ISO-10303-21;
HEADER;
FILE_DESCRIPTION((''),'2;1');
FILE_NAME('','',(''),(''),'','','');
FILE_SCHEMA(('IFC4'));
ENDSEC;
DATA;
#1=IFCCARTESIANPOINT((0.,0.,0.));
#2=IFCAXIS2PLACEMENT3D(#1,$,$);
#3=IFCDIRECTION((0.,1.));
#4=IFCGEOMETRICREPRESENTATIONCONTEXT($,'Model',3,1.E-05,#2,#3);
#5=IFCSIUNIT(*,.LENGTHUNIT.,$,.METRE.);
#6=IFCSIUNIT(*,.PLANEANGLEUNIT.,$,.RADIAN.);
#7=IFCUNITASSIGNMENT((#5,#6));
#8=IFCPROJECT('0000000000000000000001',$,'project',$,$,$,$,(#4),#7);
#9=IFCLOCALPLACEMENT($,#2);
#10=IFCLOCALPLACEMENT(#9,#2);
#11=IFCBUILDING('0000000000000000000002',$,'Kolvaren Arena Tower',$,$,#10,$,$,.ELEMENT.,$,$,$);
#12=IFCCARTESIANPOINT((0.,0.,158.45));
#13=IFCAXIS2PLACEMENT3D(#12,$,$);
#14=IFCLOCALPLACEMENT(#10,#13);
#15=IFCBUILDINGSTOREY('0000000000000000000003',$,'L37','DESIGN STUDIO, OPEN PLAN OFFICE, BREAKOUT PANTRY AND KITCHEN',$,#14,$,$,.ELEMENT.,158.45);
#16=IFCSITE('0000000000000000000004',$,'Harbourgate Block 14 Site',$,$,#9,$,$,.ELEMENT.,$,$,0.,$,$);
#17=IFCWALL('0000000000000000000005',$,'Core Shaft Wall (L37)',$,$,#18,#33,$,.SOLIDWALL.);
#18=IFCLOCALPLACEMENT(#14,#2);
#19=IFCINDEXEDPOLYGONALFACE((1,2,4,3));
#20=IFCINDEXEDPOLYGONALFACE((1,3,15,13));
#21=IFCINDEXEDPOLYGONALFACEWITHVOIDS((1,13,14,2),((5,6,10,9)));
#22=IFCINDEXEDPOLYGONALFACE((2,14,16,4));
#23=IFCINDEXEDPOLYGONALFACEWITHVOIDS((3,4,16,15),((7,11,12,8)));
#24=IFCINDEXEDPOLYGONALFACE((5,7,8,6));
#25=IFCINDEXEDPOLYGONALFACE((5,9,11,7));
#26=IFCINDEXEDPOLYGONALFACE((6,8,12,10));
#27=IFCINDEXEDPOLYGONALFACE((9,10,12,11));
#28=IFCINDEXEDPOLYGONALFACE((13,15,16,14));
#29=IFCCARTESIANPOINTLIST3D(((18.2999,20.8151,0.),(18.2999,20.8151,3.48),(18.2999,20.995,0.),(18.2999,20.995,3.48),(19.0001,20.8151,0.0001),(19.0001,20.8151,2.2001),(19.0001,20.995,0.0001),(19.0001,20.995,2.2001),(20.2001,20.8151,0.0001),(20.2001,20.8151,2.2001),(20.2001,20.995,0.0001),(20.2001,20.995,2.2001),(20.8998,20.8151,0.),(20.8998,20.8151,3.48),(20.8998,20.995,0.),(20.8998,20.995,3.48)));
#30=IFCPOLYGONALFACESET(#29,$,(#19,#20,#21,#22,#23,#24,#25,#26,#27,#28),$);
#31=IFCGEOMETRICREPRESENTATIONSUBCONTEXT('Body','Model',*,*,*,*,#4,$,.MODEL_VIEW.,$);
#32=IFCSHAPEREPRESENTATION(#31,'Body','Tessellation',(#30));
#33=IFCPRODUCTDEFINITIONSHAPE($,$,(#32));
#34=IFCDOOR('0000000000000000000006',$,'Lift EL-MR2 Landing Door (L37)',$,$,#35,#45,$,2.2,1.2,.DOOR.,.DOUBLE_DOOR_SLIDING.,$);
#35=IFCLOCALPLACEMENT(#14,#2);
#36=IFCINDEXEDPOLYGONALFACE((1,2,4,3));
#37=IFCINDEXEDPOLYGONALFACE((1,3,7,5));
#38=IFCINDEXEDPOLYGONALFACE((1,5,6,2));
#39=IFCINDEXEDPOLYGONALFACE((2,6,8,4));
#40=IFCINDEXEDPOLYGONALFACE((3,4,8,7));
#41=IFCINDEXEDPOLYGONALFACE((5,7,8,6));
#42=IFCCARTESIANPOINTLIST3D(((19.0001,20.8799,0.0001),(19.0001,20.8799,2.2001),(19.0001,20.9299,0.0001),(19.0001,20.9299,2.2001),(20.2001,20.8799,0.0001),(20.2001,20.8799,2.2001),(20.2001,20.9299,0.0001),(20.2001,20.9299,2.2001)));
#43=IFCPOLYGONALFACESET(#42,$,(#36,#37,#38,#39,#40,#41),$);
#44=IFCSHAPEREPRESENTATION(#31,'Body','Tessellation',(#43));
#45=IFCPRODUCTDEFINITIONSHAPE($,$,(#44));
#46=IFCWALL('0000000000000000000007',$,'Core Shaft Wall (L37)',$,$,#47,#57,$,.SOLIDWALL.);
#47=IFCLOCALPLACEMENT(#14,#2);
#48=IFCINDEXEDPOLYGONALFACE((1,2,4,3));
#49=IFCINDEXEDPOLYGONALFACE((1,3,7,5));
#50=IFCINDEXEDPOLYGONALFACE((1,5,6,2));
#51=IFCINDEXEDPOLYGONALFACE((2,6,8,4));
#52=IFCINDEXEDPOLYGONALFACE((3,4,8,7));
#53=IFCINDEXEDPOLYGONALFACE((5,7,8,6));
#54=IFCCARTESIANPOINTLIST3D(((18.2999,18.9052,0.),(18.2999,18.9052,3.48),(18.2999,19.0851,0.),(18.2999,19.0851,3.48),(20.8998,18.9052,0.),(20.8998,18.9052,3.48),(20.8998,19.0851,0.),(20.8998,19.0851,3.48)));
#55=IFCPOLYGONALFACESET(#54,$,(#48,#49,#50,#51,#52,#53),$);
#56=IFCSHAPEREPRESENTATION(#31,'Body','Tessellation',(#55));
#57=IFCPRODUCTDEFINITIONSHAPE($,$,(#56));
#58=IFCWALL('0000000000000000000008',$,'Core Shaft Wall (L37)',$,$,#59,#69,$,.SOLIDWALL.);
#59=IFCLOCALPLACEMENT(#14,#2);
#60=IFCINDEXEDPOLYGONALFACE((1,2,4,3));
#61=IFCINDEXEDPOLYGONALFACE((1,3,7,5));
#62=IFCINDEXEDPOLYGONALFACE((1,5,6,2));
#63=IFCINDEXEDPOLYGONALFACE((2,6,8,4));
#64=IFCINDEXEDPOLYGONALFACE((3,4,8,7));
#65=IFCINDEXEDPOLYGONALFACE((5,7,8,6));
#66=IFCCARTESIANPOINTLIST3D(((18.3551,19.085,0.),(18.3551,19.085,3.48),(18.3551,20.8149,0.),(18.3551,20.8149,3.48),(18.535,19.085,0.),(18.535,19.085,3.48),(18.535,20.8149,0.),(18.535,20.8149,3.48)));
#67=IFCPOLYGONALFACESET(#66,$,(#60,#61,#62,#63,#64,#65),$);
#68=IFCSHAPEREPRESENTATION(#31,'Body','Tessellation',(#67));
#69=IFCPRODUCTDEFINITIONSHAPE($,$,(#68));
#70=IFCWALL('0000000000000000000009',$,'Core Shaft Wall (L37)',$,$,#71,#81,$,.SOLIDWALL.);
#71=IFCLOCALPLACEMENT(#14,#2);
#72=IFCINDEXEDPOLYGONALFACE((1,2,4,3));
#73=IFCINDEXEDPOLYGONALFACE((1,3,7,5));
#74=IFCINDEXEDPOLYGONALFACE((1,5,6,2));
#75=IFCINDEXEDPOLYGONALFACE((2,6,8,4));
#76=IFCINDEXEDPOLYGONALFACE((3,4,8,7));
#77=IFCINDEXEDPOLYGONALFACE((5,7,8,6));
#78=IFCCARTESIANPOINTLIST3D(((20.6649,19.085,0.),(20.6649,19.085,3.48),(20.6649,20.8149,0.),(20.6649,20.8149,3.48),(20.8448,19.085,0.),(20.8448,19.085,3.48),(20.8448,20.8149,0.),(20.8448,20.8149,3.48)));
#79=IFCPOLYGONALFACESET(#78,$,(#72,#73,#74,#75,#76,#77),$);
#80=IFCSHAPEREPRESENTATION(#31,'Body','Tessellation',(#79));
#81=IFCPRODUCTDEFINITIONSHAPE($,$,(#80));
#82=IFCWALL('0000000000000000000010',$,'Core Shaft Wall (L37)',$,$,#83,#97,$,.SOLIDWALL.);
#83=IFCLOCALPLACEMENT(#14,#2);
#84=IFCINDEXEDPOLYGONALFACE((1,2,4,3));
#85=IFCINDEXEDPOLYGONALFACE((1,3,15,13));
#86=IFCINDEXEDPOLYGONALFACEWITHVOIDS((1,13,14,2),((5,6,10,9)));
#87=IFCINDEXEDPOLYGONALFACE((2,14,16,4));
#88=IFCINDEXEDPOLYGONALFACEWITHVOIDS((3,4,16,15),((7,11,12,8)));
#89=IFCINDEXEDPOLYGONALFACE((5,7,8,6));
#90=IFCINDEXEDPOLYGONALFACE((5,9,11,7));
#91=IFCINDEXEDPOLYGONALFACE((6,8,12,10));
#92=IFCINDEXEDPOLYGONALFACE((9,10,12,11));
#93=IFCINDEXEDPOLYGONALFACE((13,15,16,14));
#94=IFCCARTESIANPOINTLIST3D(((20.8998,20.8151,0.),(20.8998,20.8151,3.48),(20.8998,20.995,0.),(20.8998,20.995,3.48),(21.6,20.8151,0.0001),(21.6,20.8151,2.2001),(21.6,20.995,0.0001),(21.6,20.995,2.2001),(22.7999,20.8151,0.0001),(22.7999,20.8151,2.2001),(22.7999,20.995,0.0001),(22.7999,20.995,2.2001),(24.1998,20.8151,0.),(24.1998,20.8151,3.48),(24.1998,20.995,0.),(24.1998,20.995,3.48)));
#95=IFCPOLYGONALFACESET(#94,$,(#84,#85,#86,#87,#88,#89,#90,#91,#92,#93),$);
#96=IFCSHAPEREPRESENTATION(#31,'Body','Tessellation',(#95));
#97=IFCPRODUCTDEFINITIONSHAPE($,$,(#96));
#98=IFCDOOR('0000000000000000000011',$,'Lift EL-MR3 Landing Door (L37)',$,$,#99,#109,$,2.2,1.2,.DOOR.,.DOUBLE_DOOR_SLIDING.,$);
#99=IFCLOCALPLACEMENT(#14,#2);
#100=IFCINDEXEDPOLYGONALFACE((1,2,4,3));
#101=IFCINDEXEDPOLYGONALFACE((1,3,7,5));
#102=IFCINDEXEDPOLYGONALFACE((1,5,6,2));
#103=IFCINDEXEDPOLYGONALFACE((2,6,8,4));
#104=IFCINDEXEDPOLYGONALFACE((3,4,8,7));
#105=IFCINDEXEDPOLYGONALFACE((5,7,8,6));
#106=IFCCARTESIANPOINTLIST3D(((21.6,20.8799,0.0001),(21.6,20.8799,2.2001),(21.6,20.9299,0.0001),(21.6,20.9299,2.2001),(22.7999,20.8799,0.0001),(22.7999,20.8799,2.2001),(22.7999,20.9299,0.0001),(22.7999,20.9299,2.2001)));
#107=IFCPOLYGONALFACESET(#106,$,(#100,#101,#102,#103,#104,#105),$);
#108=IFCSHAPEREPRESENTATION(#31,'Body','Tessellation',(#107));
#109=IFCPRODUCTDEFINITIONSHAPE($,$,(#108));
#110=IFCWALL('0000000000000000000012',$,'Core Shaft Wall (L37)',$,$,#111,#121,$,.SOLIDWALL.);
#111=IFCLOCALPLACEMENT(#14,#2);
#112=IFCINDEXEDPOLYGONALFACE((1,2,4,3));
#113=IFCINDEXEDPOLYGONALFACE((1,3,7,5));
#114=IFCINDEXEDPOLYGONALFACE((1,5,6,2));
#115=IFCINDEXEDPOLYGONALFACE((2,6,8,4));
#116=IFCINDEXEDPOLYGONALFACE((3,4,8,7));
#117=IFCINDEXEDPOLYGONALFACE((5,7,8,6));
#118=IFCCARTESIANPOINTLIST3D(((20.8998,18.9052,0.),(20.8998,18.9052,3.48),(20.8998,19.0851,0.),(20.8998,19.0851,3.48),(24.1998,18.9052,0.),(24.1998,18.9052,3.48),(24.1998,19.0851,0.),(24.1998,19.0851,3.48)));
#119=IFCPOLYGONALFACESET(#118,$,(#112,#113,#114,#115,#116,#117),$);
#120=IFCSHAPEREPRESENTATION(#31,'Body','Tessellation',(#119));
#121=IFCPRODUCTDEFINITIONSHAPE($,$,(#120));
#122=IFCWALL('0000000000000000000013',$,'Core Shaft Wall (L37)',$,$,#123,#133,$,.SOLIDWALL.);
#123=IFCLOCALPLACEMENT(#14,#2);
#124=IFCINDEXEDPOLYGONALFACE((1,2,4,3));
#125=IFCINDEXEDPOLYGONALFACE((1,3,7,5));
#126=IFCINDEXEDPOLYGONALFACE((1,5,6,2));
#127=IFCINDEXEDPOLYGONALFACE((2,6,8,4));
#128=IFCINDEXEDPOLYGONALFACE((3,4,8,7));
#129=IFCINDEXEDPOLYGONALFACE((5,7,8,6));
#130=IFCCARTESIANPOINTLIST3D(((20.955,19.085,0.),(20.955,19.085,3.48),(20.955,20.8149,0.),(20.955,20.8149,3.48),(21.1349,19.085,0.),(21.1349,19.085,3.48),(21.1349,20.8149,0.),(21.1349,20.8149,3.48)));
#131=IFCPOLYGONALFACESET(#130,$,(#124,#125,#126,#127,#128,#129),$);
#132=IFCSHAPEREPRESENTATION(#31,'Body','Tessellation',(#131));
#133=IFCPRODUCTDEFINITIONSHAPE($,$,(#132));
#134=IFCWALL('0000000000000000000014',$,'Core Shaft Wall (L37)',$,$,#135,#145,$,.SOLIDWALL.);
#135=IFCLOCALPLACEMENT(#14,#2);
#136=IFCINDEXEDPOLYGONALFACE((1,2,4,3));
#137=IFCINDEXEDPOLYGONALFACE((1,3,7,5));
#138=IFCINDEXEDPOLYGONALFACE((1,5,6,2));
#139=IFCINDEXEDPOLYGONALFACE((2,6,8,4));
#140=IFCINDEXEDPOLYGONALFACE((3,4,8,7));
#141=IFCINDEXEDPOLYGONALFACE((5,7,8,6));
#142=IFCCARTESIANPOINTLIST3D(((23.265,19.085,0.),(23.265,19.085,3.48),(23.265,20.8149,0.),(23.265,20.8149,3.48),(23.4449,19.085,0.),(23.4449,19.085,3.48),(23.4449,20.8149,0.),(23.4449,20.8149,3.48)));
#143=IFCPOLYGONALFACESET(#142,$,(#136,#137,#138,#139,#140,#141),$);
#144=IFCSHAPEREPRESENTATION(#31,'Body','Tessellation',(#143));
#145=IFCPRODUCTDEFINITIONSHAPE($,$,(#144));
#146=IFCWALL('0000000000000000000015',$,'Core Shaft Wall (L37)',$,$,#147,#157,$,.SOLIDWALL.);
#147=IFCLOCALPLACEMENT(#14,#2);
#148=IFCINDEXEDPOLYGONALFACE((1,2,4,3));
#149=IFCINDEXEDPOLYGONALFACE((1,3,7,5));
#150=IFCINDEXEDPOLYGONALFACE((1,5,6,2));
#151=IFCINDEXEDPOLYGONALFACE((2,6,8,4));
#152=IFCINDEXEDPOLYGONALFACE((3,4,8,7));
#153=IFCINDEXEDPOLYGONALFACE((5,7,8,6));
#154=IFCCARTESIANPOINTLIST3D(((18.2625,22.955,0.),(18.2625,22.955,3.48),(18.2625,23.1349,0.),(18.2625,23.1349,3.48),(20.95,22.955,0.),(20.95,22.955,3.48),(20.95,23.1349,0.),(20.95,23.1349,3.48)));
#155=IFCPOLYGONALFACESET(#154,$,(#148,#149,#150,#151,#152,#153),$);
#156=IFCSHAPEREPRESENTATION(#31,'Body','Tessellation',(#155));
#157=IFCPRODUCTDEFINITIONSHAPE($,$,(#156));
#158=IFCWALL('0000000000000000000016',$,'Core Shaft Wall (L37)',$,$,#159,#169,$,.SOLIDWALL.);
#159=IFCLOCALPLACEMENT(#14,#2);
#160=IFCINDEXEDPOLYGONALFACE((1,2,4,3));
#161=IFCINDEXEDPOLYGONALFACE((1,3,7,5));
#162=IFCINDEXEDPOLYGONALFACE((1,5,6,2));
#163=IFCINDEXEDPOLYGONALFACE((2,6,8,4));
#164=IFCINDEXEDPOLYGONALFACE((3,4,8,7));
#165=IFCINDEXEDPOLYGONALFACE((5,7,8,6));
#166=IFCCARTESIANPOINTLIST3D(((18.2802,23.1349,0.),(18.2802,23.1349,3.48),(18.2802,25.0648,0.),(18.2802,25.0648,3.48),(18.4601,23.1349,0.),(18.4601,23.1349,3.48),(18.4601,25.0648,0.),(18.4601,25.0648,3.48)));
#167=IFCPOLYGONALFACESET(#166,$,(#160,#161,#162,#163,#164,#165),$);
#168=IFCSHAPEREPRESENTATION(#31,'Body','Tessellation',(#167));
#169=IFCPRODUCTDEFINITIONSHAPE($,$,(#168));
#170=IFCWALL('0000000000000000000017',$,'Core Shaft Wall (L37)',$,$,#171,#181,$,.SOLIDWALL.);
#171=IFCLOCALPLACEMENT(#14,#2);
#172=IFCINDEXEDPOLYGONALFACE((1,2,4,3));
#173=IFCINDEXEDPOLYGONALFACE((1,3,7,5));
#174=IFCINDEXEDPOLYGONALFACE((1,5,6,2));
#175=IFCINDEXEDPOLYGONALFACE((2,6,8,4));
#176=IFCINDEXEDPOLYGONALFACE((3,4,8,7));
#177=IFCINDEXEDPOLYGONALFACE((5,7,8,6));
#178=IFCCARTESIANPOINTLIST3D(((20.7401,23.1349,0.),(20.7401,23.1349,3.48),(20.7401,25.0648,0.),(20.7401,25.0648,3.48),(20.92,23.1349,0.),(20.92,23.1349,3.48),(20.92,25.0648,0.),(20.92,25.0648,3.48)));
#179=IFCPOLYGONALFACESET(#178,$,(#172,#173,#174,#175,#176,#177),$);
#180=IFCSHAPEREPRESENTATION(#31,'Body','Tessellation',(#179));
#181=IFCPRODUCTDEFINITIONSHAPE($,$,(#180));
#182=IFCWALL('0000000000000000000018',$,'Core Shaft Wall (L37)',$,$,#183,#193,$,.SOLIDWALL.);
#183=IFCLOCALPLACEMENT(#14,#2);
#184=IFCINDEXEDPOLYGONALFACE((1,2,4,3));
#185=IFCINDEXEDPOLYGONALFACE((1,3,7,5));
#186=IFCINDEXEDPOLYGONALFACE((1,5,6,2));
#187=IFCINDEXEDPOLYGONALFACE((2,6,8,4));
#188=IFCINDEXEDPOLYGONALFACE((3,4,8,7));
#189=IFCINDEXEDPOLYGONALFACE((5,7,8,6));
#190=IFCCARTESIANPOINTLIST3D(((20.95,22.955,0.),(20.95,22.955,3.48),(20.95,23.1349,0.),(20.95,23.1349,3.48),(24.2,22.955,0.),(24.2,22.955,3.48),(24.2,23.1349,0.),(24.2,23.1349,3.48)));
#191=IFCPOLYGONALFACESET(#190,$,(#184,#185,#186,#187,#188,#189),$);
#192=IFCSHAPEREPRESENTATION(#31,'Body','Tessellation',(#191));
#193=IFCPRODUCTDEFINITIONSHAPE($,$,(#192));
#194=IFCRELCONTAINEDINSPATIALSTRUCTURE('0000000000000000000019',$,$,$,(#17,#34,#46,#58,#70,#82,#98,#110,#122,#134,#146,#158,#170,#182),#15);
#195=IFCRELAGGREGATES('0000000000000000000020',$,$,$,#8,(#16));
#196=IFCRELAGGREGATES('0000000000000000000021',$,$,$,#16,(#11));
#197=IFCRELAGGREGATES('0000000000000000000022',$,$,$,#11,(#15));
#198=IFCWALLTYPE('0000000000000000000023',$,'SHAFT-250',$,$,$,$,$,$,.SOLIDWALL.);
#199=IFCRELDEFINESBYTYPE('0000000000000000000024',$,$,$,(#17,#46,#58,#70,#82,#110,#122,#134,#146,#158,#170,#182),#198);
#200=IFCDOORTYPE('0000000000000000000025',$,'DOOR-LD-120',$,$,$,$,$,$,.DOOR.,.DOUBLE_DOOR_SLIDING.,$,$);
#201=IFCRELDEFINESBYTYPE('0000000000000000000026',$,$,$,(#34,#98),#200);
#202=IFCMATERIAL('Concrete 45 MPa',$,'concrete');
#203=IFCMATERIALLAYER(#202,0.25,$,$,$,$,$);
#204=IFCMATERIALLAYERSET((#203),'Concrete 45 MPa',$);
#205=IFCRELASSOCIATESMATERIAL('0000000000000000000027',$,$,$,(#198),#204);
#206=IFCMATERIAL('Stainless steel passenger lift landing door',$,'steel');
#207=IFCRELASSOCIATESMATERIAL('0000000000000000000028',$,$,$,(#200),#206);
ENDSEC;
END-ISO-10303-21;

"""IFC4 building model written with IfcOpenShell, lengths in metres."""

from ifc_helpers import new_model, si_unit, direction, frame, frame_2d, origin, place, context, subcontext, project, spatial, rectangle, extrude, material, layer, layer_set, type_object, element, fill, save


model = new_model("IFC4")

# Units and contexts
model_context = context("Model", 3, precision=1e-05, world=origin(), true_north=direction((0.0, 1.0)))
body_context = subcontext(model_context, "Body", "Model", "MODEL_VIEW")
ifc_project = project(units=[si_unit("LENGTHUNIT", "METRE"), si_unit("PLANEANGLEUNIT", "RADIAN")], contexts=[model_context])

# Site, building, storey
site_placement = place(None, origin())
site = spatial("IfcSite", under=ifc_project, at=site_placement, Name="Harbourgate Block 14 Site", CompositionType="ELEMENT", RefElevation=0.0)
building_placement = place(site_placement, origin())
building = spatial("IfcBuilding", under=site, at=building_placement, Name="Kolvaren Arena Tower", CompositionType="ELEMENT")
storey_placement = place(building_placement, frame((0.0, 0.0, 158.45)))
storey = spatial("IfcBuildingStorey", under=building, at=storey_placement, Name="L37", Description="DESIGN STUDIO, OPEN PLAN OFFICE, BREAKOUT PANTRY AND KITCHEN", CompositionType="ELEMENT", Elevation=158.45)

# Shared definitions
ifc_material_1 = material(Name="Concrete 45 MPa", Category="concrete")
ifc_layer_1 = layer(ifc_material_1, 0.25)
ifc_layer_set_1 = layer_set([ifc_layer_1], Name="Concrete 45 MPa")
wall_type_1 = type_object("IfcWallType", Name="SHAFT-250", PredefinedType="SOLIDWALL", material=ifc_layer_set_1)

# Wall, opening, door
wall_1_placement = place(storey_placement, frame((18.3, 20.905, 0.0), z_axis=(0.0, 0.0, 1.0), x_axis=(1.0, 0.0, 0.0)))
wall_1 = element("IfcWall", 1, at=wall_1_placement, inside=storey, type_object=wall_type_1, Name="Core Shaft Wall (L37)", PredefinedType="SOLIDWALL", context=body_context, shape_type="SweptSolid", body=[
    extrude(rectangle(XDim=2.5999, YDim=0.1799, at=frame_2d((1.2998, 0.0))), origin(), (0.0, 0.0, 1.0), 3.48),
])
opening_1_placement = place(wall_1_placement, frame((0.7, 0.0, 0.0)))
opening_1 = element("IfcOpeningElement", 2, at=opening_1_placement, cuts=wall_1, PredefinedType="OPENING", context=body_context, shape_type="SweptSolid", body=[
    extrude(rectangle(XDim=1.2, YDim=2.2, at=frame_2d((0.6001, 1.1001))), frame((0.0, 0.0999, 0.0), z_axis=(0.0, -1.0, 0.0), x_axis=(1.0, 0.0, 0.0)), (0.0, 0.0, 1.0), 0.2),
])
ifc_material_2 = material(Name="Stainless steel passenger lift landing door", Category="steel")
door_type_1 = type_object("IfcDoorType", Name="DOOR-LD-120", OperationType="DOUBLE_DOOR_SLIDING", PredefinedType="DOOR", material=ifc_material_2)
door_1_placement = place(opening_1_placement, origin())
door_1 = element("IfcDoor", 3, at=door_1_placement, inside=storey, type_object=door_type_1, Name="Lift EL-MR2 Landing Door (L37)", OperationType="DOUBLE_DOOR_SLIDING", OverallHeight=2.2, OverallWidth=1.2, PredefinedType="DOOR", context=body_context, shape_type="SweptSolid", body=[
    extrude(rectangle(XDim=1.2, YDim=2.2, at=frame_2d((0.6001, 1.1001))), frame((0.0, 0.0249, 0.0), z_axis=(0.0, -1.0, 0.0), x_axis=(1.0, 0.0, 0.0)), (0.0, 0.0, 1.0), 0.05),
])
fill(opening_1, door_1)

# Walls
wall_2_placement = place(storey_placement, frame((18.3, 18.9951, 0.0), z_axis=(0.0, 0.0, 1.0), x_axis=(1.0, 0.0, 0.0)))
element("IfcWall", 4, at=wall_2_placement, inside=storey, type_object=wall_type_1, Name="Core Shaft Wall (L37)", PredefinedType="SOLIDWALL", context=body_context, shape_type="SweptSolid", body=[
    extrude(rectangle(XDim=2.5999, YDim=0.1799, at=frame_2d((1.2998, 0.0))), origin(), (0.0, 0.0, 1.0), 3.48),
])
for number, where, z_axis, x_axis, name in (
    (5, (18.4451, 19.085, 0.0), (0.0, 0.0, 1.0), (0.0, 1.0, 0.0), "Core Shaft Wall (L37)"),
    (6, (20.7549, 19.085, 0.0), (0.0, 0.0, 1.0), (0.0, 1.0, 0.0), "Core Shaft Wall (L37)"),
):
    element("IfcWall", number, at=place(storey_placement, frame(where, z_axis=z_axis, x_axis=x_axis)), inside=storey, type_object=wall_type_1, Name=name, PredefinedType="SOLIDWALL", context=body_context, shape_type="SweptSolid", body=[
        extrude(rectangle(XDim=1.73, YDim=0.1799, at=frame_2d((0.865, 0.0))), origin(), (0.0, 0.0, 1.0), 3.48),
    ])

# Wall, opening, door
wall_3_placement = place(storey_placement, frame((20.8999, 20.905, 0.0), z_axis=(0.0, 0.0, 1.0), x_axis=(1.0, 0.0, 0.0)))
wall_3 = element("IfcWall", 7, at=wall_3_placement, inside=storey, type_object=wall_type_1, Name="Core Shaft Wall (L37)", PredefinedType="SOLIDWALL", context=body_context, shape_type="SweptSolid", body=[
    extrude(rectangle(XDim=3.3, YDim=0.1799, at=frame_2d((1.6499, 0.0))), origin(), (0.0, 0.0, 1.0), 3.48),
])
opening_2_placement = place(wall_3_placement, frame((0.7, 0.0, 0.0)))
opening_2 = element("IfcOpeningElement", 8, at=opening_2_placement, cuts=wall_3, PredefinedType="OPENING", context=body_context, shape_type="SweptSolid", body=[
    extrude(rectangle(XDim=1.2, YDim=2.2, at=frame_2d((0.6001, 1.1001))), frame((0.0, 0.0999, 0.0), z_axis=(0.0, -1.0, 0.0), x_axis=(1.0, 0.0, 0.0)), (0.0, 0.0, 1.0), 0.2),
])
door_2_placement = place(opening_2_placement, origin())
door_2 = element("IfcDoor", 9, at=door_2_placement, inside=storey, type_object=door_type_1, Name="Lift EL-MR3 Landing Door (L37)", OperationType="DOUBLE_DOOR_SLIDING", OverallHeight=2.2, OverallWidth=1.2, PredefinedType="DOOR", context=body_context, shape_type="SweptSolid", body=[
    extrude(rectangle(XDim=1.2, YDim=2.2, at=frame_2d((0.6001, 1.1001))), frame((0.0, 0.0249, 0.0), z_axis=(0.0, -1.0, 0.0), x_axis=(1.0, 0.0, 0.0)), (0.0, 0.0, 1.0), 0.05),
])
fill(opening_2, door_2)

# Walls
wall_4_placement = place(storey_placement, frame((20.8999, 18.9951, 0.0), z_axis=(0.0, 0.0, 1.0), x_axis=(1.0, 0.0, 0.0)))
element("IfcWall", 10, at=wall_4_placement, inside=storey, type_object=wall_type_1, Name="Core Shaft Wall (L37)", PredefinedType="SOLIDWALL", context=body_context, shape_type="SweptSolid", body=[
    extrude(rectangle(XDim=3.3, YDim=0.1799, at=frame_2d((1.6499, 0.0))), origin(), (0.0, 0.0, 1.0), 3.48),
])
for number, where, z_axis, x_axis, name in (
    (11, (21.0449, 19.085, 0.0), (0.0, 0.0, 1.0), (0.0, 1.0, 0.0), "Core Shaft Wall (L37)"),
    (12, (23.355, 19.085, 0.0), (0.0, 0.0, 1.0), (0.0, 1.0, 0.0), "Core Shaft Wall (L37)"),
):
    element("IfcWall", number, at=place(storey_placement, frame(where, z_axis=z_axis, x_axis=x_axis)), inside=storey, type_object=wall_type_1, Name=name, PredefinedType="SOLIDWALL", context=body_context, shape_type="SweptSolid", body=[
        extrude(rectangle(XDim=1.73, YDim=0.1799, at=frame_2d((0.865, 0.0))), origin(), (0.0, 0.0, 1.0), 3.48),
    ])
wall_5_placement = place(storey_placement, frame((18.2625, 23.0449, 0.0), z_axis=(0.0, 0.0, 1.0), x_axis=(1.0, 0.0, 0.0)))
element("IfcWall", 13, at=wall_5_placement, inside=storey, type_object=wall_type_1, Name="Core Shaft Wall (L37)", PredefinedType="SOLIDWALL", context=body_context, shape_type="SweptSolid", body=[
    extrude(rectangle(XDim=2.6875, YDim=0.1799, at=frame_2d((1.3438, 0.0))), origin(), (0.0, 0.0, 1.0), 3.48),
])
for number, where, z_axis, x_axis, name in (
    (14, (18.3701, 23.135, 0.0), (0.0, 0.0, 1.0), (0.0, 1.0, 0.0), "Core Shaft Wall (L37)"),
    (15, (20.8301, 23.135, 0.0), (0.0, 0.0, 1.0), (0.0, 1.0, 0.0), "Core Shaft Wall (L37)"),
):
    element("IfcWall", number, at=place(storey_placement, frame(where, z_axis=z_axis, x_axis=x_axis)), inside=storey, type_object=wall_type_1, Name=name, PredefinedType="SOLIDWALL", context=body_context, shape_type="SweptSolid", body=[
        extrude(rectangle(XDim=1.9299, YDim=0.1799, at=frame_2d((0.9648, 0.0))), origin(), (0.0, 0.0, 1.0), 3.48),
    ])
wall_6_placement = place(storey_placement, frame((20.95, 23.0449, 0.0), z_axis=(0.0, 0.0, 1.0), x_axis=(1.0, 0.0, 0.0)))
element("IfcWall", 16, at=wall_6_placement, inside=storey, type_object=wall_type_1, Name="Core Shaft Wall (L37)", PredefinedType="SOLIDWALL", context=body_context, shape_type="SweptSolid", body=[
    extrude(rectangle(XDim=3.25, YDim=0.1799, at=frame_2d((1.625, 0.0))), origin(), (0.0, 0.0, 1.0), 3.48),
])

save(model, "model.ifc")
